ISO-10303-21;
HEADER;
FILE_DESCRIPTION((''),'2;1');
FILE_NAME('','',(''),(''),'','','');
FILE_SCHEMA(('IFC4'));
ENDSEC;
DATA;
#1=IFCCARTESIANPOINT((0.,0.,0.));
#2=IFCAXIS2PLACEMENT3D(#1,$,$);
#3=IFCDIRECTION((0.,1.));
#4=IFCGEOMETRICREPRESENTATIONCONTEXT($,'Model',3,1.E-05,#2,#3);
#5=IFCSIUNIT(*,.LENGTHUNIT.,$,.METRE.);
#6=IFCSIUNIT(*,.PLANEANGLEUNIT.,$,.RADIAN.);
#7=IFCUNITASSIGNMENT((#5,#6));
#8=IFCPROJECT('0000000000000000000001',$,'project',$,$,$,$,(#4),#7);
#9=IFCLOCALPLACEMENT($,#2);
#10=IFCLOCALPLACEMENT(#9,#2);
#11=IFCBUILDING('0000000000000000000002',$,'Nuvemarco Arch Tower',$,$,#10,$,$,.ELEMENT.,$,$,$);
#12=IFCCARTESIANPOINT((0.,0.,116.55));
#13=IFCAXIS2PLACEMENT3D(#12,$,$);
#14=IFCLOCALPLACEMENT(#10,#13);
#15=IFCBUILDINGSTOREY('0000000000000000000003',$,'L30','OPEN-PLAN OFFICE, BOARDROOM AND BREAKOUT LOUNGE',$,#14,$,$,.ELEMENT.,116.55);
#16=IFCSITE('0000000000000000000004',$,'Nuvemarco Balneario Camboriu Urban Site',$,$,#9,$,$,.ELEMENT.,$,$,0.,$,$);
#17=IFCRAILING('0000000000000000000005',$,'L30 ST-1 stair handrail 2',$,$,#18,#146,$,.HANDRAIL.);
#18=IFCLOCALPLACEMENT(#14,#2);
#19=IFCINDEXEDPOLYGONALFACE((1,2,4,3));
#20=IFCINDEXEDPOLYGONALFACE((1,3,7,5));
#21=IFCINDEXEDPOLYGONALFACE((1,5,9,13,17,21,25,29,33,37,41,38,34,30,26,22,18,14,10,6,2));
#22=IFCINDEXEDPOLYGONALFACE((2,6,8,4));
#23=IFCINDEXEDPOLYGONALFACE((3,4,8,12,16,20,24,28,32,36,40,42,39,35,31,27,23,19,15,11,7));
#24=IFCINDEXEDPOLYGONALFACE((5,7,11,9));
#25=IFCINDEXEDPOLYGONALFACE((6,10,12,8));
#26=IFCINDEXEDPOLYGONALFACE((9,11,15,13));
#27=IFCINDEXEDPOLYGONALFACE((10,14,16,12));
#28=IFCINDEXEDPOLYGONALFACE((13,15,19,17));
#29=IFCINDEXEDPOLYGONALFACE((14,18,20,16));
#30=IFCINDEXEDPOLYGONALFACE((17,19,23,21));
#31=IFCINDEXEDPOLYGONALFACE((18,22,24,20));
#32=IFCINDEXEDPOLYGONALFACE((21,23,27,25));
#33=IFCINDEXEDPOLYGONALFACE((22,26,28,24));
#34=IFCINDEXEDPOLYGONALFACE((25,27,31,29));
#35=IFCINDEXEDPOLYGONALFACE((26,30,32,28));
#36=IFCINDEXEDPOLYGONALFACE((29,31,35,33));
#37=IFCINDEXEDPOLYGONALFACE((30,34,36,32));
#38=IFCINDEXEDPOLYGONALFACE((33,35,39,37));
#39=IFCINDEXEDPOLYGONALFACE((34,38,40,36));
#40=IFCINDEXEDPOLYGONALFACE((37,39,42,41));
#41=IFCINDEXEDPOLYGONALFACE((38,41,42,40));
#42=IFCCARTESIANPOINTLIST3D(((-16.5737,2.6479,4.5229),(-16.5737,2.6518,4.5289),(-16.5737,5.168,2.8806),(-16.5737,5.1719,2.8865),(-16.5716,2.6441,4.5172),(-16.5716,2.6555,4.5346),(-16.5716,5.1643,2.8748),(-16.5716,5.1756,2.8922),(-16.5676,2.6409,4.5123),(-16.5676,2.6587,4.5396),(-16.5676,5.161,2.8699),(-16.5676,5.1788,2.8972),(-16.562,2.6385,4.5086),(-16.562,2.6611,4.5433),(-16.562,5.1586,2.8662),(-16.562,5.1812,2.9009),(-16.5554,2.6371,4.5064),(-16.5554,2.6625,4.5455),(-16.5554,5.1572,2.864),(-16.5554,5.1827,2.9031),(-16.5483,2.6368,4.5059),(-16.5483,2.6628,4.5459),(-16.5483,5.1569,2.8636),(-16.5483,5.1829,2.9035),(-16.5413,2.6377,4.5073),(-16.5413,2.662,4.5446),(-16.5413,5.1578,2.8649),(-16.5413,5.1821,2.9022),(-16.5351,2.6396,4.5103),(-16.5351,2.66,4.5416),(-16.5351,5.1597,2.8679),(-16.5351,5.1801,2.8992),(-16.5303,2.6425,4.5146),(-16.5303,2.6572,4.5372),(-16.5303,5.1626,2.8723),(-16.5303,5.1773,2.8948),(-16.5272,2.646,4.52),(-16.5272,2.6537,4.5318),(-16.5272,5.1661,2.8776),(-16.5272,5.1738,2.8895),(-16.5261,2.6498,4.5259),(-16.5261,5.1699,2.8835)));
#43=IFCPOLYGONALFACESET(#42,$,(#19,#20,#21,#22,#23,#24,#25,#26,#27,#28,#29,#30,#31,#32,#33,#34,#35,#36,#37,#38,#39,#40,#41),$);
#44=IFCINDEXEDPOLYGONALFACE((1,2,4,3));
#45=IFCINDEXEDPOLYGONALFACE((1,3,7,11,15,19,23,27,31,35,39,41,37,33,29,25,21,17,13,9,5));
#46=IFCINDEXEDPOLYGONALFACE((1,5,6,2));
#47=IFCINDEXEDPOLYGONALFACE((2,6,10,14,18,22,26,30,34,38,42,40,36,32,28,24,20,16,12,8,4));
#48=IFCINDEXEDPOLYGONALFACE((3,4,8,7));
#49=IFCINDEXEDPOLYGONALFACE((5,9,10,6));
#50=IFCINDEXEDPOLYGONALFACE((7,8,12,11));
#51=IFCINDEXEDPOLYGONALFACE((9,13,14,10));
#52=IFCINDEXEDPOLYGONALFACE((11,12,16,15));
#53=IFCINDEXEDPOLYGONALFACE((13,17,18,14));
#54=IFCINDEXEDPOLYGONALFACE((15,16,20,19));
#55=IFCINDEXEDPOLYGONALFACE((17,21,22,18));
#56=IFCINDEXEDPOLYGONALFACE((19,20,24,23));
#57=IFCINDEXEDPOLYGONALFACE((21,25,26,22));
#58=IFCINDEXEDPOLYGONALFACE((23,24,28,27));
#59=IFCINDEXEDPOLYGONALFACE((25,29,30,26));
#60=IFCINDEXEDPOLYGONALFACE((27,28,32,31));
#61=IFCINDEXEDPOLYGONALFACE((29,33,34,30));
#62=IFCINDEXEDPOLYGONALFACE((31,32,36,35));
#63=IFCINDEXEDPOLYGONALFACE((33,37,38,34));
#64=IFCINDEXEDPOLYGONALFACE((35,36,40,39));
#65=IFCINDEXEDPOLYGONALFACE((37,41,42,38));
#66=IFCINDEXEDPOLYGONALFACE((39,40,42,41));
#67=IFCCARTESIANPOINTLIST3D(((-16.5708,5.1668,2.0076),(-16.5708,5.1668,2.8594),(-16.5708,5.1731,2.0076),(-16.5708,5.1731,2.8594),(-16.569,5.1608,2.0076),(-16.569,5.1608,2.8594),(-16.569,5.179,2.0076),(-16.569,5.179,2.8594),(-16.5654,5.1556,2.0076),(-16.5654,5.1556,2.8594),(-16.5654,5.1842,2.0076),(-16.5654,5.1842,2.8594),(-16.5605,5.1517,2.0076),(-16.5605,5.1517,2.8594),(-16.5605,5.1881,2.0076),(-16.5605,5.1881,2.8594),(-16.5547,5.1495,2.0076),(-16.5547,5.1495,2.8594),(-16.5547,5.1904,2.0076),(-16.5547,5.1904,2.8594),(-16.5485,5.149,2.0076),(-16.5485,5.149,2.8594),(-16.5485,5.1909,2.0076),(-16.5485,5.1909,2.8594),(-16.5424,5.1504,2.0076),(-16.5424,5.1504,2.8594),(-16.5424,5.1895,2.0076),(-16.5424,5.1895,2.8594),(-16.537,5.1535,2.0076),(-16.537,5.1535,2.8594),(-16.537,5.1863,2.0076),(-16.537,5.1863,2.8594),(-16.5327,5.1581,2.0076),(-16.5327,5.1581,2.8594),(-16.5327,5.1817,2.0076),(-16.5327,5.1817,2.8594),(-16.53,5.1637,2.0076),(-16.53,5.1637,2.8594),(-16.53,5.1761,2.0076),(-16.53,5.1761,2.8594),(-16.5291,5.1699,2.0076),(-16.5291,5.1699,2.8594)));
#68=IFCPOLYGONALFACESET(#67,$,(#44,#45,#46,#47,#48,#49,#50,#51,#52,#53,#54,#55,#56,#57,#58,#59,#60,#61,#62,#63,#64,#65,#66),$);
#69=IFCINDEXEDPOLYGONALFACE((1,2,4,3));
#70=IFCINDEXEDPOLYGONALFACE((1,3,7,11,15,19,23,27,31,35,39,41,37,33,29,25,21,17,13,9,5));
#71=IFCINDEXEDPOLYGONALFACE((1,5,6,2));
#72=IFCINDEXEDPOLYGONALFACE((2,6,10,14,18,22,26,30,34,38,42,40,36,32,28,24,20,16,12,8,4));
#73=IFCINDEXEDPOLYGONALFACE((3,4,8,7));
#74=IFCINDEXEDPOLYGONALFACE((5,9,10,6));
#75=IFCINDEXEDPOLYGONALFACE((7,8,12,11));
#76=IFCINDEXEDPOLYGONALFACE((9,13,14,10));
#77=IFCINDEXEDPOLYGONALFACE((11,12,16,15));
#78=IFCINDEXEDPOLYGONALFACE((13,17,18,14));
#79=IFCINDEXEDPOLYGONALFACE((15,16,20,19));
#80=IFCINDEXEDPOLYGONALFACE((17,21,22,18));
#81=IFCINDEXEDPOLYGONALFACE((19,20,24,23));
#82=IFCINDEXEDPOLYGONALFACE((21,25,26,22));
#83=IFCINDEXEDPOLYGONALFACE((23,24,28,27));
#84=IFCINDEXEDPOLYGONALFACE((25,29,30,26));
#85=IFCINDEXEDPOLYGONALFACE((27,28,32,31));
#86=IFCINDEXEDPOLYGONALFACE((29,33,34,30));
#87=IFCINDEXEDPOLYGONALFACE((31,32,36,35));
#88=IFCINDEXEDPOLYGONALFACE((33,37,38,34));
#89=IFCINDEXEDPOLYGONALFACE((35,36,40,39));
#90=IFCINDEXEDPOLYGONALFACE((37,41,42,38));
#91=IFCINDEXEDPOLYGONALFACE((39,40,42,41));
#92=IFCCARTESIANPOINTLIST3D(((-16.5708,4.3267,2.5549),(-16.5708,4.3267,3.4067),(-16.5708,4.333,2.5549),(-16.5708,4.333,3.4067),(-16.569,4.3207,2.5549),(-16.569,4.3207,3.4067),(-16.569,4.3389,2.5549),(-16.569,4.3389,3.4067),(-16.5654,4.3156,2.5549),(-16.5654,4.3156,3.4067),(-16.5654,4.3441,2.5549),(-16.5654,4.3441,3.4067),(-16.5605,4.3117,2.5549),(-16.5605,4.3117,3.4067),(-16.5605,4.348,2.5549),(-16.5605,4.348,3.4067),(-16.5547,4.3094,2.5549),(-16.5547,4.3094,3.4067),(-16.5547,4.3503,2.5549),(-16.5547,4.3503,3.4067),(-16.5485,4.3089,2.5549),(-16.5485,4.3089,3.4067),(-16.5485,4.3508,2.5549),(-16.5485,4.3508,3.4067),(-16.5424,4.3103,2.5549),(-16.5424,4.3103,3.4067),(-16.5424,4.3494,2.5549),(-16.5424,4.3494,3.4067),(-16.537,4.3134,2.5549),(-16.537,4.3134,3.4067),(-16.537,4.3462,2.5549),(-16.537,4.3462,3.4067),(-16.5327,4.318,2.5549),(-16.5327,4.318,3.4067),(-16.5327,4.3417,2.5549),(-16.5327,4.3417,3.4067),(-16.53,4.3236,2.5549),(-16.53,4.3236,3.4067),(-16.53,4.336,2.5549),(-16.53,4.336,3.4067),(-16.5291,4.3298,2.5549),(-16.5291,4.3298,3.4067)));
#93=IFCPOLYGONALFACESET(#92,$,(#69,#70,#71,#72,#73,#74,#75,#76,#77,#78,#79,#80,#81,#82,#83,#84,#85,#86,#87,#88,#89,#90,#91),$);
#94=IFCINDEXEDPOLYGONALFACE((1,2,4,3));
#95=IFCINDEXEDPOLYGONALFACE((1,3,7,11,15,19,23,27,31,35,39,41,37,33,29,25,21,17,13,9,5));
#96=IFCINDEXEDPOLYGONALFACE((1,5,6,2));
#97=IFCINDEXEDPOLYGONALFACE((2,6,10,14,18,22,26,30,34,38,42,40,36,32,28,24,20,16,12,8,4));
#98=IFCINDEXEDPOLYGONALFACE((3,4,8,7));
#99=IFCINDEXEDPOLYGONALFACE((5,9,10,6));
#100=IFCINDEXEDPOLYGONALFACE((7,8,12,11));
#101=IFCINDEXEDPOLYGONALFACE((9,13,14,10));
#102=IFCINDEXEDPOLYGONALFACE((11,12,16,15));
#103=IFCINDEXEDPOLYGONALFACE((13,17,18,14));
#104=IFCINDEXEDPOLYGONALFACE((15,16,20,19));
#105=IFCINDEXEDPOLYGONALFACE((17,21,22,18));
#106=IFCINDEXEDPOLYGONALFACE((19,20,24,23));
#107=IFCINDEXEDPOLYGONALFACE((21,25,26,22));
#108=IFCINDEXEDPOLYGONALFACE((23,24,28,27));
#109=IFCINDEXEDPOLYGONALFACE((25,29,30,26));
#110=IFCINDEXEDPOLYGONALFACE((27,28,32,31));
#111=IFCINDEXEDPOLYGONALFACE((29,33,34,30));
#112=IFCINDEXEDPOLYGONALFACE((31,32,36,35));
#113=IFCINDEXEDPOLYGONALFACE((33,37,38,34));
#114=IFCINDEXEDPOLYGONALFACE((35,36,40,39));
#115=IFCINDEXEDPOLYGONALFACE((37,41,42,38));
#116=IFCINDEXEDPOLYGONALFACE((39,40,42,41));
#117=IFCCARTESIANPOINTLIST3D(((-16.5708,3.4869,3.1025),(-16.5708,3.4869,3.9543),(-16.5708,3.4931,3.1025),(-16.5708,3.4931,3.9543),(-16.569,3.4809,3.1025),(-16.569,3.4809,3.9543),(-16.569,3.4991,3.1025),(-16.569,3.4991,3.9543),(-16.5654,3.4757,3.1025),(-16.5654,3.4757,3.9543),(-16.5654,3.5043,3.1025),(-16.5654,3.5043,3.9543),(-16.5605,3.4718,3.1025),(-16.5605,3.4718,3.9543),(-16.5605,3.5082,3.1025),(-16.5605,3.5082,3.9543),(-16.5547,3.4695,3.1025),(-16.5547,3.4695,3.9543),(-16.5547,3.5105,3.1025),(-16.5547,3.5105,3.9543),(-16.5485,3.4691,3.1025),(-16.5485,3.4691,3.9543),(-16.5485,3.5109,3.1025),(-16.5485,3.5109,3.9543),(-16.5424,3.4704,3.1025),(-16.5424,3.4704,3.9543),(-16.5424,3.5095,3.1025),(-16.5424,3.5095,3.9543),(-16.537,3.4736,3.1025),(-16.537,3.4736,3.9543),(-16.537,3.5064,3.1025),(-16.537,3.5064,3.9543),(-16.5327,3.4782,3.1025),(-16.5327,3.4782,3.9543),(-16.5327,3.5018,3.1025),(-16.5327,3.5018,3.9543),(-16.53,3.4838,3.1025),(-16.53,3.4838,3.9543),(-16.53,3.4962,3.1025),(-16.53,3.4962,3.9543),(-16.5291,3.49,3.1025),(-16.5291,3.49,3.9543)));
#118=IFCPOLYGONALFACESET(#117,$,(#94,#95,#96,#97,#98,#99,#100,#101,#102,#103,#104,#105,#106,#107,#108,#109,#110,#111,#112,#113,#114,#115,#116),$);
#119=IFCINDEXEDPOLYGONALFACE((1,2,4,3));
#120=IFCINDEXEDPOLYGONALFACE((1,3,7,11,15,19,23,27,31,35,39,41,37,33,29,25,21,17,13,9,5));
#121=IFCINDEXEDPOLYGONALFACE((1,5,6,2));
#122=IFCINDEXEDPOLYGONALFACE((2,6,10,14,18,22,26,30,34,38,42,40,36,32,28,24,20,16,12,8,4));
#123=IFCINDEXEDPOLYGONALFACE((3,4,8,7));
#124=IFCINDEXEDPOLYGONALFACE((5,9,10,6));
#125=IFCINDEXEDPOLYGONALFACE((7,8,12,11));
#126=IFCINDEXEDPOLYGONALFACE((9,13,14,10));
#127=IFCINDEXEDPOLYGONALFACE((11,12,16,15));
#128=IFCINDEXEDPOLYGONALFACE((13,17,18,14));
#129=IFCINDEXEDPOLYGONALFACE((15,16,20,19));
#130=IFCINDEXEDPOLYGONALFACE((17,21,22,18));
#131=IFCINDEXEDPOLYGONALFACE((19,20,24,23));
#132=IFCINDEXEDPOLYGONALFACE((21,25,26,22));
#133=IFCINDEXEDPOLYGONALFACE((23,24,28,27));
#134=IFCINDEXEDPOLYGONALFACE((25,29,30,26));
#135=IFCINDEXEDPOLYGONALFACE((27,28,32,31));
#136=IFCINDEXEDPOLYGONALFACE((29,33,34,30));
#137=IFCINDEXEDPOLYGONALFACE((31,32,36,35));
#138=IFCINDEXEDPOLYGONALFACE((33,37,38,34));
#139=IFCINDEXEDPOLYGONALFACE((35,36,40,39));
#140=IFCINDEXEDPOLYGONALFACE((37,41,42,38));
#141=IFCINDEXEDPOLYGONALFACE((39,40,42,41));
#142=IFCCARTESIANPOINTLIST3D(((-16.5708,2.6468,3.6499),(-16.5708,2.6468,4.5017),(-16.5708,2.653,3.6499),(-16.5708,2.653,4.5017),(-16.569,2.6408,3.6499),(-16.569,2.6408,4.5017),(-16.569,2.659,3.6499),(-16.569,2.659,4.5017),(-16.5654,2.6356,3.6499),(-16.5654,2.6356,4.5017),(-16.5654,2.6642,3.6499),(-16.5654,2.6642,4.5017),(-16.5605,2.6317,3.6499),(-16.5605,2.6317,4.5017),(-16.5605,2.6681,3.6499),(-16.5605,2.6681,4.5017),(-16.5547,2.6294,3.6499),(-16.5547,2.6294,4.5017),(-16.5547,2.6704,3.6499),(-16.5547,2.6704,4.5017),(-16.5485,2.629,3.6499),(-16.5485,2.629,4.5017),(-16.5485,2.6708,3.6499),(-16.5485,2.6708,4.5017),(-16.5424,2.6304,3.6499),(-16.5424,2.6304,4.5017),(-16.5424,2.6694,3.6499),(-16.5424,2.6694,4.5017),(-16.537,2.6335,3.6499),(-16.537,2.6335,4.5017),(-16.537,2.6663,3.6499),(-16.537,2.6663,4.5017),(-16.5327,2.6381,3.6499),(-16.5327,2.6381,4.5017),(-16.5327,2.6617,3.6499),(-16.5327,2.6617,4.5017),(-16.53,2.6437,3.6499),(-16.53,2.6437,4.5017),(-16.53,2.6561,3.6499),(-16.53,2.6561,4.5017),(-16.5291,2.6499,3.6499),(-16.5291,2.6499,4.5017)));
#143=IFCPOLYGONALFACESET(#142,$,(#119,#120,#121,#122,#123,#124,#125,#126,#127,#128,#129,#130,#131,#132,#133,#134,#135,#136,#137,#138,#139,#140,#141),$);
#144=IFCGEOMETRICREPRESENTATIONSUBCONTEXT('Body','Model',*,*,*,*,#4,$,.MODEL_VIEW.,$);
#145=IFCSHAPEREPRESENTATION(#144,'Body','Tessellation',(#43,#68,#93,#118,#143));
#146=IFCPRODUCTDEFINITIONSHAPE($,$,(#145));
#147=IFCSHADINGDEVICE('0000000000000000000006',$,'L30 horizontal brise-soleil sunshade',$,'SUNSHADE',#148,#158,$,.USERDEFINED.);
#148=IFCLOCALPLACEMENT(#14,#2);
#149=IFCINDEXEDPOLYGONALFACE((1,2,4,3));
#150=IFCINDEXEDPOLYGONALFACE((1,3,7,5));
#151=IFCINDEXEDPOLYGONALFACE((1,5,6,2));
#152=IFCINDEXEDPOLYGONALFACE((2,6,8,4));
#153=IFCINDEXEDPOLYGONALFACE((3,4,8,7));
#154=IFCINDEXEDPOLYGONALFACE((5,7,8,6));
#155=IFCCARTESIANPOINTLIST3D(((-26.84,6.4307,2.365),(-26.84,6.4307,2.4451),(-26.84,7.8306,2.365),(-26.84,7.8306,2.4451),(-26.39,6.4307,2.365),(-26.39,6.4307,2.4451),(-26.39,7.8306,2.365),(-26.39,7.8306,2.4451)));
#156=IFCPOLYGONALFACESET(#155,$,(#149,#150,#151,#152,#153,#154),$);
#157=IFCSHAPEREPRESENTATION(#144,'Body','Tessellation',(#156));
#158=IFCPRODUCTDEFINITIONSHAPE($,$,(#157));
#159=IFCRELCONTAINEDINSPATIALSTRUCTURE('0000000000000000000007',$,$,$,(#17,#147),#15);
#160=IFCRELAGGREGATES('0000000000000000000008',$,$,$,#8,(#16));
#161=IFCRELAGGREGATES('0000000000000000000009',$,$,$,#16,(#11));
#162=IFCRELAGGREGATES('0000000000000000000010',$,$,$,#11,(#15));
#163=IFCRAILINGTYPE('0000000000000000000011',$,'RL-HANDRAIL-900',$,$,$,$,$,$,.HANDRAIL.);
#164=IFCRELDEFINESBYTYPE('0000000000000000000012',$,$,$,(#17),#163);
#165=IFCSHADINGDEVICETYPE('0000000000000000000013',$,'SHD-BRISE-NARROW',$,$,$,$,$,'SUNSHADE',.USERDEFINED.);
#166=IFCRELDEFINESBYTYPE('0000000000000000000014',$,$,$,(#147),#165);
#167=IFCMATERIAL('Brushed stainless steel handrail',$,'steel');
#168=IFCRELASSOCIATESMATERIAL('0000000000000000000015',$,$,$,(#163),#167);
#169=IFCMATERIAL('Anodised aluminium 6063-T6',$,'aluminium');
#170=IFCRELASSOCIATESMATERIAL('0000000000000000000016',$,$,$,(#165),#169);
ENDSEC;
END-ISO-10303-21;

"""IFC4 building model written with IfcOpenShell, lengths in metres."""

from ifc_helpers import new_model, si_unit, direction, frame, origin, origin_2d, place, context, subcontext, project, spatial, rectangle, circle, extrude, source, transform, mapped, material, type_object, type_shapes, element, save


model = new_model("IFC4")

# Units and contexts
model_context = context("Model", 3, precision=1e-05, world=origin(), true_north=direction((0.0, 1.0)))
body_context = subcontext(model_context, "Body", "Model", "MODEL_VIEW")
ifc_project = project(units=[si_unit("LENGTHUNIT", "METRE"), si_unit("PLANEANGLEUNIT", "RADIAN")], contexts=[model_context])

# Site, building, storey
site_placement = place(None, origin())
site = spatial("IfcSite", under=ifc_project, at=site_placement, Name="Nuvemarco Balneario Camboriu Urban Site", CompositionType="ELEMENT", RefElevation=0.0)
building_placement = place(site_placement, origin())
building = spatial("IfcBuilding", under=site, at=building_placement, Name="Nuvemarco Arch Tower", CompositionType="ELEMENT")
storey_placement = place(building_placement, frame((0.0, 0.0, 116.55)))
storey = spatial("IfcBuildingStorey", under=building, at=storey_placement, Name="L30", Description="OPEN-PLAN OFFICE, BOARDROOM AND BREAKOUT LOUNGE", CompositionType="ELEMENT", Elevation=116.55)

# Railing
ifc_material_1 = material(Name="Brushed stainless steel handrail", Category="steel")
railing_type = type_object("IfcRailingType", Name="RL-HANDRAIL-900", PredefinedType="HANDRAIL", material=ifc_material_1)
railing_placement = place(storey_placement, frame((-16.55, 5.1699, 2.0076)))
element("IfcRailing", 1, at=railing_placement, inside=storey, type_object=railing_type, Name="L30 ST-1 stair handrail 2", PredefinedType="HANDRAIL", context=body_context, shape_type="SweptSolid", body=[
    extrude(circle(Radius=0.0239, at=origin_2d()), frame((0.0, 0.0, 0.876), z_axis=(0.0, -0.837787, 0.545998), x_axis=(1.0, 0.0, 0.0)), (0.0, 0.0, 1.0), 3.0081),
    extrude(circle(Radius=0.021, at=origin_2d()), origin(), (0.0, 0.0, 1.0), 0.8518),
    extrude(circle(Radius=0.021, at=origin_2d()), frame((0.0, -0.8401, 0.5474)), (0.0, 0.0, 1.0), 0.8518),
    extrude(circle(Radius=0.021, at=origin_2d()), frame((0.0, -1.6799, 1.095)), (0.0, 0.0, 1.0), 0.8518),
    extrude(circle(Radius=0.021, at=origin_2d()), frame((0.0, -2.52, 1.6423)), (0.0, 0.0, 1.0), 0.8518),
])

# Shading device
ifc_material_2 = material(Name="Anodised aluminium 6063-T6", Category="aluminium")
shading_device_type = type_object("IfcShadingDeviceType", Name="SHD-BRISE-NARROW", ElementType="SUNSHADE", PredefinedType="USERDEFINED", material=ifc_material_2)
shared_shape_1 = source(origin(), body_context, "Body", "SweptSolid", [
    extrude(rectangle(XDim=1.3999, YDim=0.45, at=origin_2d()), origin(), (0.0, 0.0, 1.0), 0.0801),
])
type_shapes(shading_device_type, [shared_shape_1])
shading_device_placement = place(storey_placement, frame((-26.615, 7.1306, 2.365), z_axis=(0.0, 0.0, 1.0), x_axis=(0.0, 1.0, 0.0)))
element("IfcShadingDevice", 2, at=shading_device_placement, inside=storey, type_object=shading_device_type, Name="L30 horizontal brise-soleil sunshade", ObjectType="SUNSHADE", PredefinedType="USERDEFINED", context=body_context, shape_type="MappedRepresentation", body=[
    mapped(shared_shape_1, transform((0.0, 0.0, 0.0), scale=1.0)),
])

save(model, "model.ifc")
